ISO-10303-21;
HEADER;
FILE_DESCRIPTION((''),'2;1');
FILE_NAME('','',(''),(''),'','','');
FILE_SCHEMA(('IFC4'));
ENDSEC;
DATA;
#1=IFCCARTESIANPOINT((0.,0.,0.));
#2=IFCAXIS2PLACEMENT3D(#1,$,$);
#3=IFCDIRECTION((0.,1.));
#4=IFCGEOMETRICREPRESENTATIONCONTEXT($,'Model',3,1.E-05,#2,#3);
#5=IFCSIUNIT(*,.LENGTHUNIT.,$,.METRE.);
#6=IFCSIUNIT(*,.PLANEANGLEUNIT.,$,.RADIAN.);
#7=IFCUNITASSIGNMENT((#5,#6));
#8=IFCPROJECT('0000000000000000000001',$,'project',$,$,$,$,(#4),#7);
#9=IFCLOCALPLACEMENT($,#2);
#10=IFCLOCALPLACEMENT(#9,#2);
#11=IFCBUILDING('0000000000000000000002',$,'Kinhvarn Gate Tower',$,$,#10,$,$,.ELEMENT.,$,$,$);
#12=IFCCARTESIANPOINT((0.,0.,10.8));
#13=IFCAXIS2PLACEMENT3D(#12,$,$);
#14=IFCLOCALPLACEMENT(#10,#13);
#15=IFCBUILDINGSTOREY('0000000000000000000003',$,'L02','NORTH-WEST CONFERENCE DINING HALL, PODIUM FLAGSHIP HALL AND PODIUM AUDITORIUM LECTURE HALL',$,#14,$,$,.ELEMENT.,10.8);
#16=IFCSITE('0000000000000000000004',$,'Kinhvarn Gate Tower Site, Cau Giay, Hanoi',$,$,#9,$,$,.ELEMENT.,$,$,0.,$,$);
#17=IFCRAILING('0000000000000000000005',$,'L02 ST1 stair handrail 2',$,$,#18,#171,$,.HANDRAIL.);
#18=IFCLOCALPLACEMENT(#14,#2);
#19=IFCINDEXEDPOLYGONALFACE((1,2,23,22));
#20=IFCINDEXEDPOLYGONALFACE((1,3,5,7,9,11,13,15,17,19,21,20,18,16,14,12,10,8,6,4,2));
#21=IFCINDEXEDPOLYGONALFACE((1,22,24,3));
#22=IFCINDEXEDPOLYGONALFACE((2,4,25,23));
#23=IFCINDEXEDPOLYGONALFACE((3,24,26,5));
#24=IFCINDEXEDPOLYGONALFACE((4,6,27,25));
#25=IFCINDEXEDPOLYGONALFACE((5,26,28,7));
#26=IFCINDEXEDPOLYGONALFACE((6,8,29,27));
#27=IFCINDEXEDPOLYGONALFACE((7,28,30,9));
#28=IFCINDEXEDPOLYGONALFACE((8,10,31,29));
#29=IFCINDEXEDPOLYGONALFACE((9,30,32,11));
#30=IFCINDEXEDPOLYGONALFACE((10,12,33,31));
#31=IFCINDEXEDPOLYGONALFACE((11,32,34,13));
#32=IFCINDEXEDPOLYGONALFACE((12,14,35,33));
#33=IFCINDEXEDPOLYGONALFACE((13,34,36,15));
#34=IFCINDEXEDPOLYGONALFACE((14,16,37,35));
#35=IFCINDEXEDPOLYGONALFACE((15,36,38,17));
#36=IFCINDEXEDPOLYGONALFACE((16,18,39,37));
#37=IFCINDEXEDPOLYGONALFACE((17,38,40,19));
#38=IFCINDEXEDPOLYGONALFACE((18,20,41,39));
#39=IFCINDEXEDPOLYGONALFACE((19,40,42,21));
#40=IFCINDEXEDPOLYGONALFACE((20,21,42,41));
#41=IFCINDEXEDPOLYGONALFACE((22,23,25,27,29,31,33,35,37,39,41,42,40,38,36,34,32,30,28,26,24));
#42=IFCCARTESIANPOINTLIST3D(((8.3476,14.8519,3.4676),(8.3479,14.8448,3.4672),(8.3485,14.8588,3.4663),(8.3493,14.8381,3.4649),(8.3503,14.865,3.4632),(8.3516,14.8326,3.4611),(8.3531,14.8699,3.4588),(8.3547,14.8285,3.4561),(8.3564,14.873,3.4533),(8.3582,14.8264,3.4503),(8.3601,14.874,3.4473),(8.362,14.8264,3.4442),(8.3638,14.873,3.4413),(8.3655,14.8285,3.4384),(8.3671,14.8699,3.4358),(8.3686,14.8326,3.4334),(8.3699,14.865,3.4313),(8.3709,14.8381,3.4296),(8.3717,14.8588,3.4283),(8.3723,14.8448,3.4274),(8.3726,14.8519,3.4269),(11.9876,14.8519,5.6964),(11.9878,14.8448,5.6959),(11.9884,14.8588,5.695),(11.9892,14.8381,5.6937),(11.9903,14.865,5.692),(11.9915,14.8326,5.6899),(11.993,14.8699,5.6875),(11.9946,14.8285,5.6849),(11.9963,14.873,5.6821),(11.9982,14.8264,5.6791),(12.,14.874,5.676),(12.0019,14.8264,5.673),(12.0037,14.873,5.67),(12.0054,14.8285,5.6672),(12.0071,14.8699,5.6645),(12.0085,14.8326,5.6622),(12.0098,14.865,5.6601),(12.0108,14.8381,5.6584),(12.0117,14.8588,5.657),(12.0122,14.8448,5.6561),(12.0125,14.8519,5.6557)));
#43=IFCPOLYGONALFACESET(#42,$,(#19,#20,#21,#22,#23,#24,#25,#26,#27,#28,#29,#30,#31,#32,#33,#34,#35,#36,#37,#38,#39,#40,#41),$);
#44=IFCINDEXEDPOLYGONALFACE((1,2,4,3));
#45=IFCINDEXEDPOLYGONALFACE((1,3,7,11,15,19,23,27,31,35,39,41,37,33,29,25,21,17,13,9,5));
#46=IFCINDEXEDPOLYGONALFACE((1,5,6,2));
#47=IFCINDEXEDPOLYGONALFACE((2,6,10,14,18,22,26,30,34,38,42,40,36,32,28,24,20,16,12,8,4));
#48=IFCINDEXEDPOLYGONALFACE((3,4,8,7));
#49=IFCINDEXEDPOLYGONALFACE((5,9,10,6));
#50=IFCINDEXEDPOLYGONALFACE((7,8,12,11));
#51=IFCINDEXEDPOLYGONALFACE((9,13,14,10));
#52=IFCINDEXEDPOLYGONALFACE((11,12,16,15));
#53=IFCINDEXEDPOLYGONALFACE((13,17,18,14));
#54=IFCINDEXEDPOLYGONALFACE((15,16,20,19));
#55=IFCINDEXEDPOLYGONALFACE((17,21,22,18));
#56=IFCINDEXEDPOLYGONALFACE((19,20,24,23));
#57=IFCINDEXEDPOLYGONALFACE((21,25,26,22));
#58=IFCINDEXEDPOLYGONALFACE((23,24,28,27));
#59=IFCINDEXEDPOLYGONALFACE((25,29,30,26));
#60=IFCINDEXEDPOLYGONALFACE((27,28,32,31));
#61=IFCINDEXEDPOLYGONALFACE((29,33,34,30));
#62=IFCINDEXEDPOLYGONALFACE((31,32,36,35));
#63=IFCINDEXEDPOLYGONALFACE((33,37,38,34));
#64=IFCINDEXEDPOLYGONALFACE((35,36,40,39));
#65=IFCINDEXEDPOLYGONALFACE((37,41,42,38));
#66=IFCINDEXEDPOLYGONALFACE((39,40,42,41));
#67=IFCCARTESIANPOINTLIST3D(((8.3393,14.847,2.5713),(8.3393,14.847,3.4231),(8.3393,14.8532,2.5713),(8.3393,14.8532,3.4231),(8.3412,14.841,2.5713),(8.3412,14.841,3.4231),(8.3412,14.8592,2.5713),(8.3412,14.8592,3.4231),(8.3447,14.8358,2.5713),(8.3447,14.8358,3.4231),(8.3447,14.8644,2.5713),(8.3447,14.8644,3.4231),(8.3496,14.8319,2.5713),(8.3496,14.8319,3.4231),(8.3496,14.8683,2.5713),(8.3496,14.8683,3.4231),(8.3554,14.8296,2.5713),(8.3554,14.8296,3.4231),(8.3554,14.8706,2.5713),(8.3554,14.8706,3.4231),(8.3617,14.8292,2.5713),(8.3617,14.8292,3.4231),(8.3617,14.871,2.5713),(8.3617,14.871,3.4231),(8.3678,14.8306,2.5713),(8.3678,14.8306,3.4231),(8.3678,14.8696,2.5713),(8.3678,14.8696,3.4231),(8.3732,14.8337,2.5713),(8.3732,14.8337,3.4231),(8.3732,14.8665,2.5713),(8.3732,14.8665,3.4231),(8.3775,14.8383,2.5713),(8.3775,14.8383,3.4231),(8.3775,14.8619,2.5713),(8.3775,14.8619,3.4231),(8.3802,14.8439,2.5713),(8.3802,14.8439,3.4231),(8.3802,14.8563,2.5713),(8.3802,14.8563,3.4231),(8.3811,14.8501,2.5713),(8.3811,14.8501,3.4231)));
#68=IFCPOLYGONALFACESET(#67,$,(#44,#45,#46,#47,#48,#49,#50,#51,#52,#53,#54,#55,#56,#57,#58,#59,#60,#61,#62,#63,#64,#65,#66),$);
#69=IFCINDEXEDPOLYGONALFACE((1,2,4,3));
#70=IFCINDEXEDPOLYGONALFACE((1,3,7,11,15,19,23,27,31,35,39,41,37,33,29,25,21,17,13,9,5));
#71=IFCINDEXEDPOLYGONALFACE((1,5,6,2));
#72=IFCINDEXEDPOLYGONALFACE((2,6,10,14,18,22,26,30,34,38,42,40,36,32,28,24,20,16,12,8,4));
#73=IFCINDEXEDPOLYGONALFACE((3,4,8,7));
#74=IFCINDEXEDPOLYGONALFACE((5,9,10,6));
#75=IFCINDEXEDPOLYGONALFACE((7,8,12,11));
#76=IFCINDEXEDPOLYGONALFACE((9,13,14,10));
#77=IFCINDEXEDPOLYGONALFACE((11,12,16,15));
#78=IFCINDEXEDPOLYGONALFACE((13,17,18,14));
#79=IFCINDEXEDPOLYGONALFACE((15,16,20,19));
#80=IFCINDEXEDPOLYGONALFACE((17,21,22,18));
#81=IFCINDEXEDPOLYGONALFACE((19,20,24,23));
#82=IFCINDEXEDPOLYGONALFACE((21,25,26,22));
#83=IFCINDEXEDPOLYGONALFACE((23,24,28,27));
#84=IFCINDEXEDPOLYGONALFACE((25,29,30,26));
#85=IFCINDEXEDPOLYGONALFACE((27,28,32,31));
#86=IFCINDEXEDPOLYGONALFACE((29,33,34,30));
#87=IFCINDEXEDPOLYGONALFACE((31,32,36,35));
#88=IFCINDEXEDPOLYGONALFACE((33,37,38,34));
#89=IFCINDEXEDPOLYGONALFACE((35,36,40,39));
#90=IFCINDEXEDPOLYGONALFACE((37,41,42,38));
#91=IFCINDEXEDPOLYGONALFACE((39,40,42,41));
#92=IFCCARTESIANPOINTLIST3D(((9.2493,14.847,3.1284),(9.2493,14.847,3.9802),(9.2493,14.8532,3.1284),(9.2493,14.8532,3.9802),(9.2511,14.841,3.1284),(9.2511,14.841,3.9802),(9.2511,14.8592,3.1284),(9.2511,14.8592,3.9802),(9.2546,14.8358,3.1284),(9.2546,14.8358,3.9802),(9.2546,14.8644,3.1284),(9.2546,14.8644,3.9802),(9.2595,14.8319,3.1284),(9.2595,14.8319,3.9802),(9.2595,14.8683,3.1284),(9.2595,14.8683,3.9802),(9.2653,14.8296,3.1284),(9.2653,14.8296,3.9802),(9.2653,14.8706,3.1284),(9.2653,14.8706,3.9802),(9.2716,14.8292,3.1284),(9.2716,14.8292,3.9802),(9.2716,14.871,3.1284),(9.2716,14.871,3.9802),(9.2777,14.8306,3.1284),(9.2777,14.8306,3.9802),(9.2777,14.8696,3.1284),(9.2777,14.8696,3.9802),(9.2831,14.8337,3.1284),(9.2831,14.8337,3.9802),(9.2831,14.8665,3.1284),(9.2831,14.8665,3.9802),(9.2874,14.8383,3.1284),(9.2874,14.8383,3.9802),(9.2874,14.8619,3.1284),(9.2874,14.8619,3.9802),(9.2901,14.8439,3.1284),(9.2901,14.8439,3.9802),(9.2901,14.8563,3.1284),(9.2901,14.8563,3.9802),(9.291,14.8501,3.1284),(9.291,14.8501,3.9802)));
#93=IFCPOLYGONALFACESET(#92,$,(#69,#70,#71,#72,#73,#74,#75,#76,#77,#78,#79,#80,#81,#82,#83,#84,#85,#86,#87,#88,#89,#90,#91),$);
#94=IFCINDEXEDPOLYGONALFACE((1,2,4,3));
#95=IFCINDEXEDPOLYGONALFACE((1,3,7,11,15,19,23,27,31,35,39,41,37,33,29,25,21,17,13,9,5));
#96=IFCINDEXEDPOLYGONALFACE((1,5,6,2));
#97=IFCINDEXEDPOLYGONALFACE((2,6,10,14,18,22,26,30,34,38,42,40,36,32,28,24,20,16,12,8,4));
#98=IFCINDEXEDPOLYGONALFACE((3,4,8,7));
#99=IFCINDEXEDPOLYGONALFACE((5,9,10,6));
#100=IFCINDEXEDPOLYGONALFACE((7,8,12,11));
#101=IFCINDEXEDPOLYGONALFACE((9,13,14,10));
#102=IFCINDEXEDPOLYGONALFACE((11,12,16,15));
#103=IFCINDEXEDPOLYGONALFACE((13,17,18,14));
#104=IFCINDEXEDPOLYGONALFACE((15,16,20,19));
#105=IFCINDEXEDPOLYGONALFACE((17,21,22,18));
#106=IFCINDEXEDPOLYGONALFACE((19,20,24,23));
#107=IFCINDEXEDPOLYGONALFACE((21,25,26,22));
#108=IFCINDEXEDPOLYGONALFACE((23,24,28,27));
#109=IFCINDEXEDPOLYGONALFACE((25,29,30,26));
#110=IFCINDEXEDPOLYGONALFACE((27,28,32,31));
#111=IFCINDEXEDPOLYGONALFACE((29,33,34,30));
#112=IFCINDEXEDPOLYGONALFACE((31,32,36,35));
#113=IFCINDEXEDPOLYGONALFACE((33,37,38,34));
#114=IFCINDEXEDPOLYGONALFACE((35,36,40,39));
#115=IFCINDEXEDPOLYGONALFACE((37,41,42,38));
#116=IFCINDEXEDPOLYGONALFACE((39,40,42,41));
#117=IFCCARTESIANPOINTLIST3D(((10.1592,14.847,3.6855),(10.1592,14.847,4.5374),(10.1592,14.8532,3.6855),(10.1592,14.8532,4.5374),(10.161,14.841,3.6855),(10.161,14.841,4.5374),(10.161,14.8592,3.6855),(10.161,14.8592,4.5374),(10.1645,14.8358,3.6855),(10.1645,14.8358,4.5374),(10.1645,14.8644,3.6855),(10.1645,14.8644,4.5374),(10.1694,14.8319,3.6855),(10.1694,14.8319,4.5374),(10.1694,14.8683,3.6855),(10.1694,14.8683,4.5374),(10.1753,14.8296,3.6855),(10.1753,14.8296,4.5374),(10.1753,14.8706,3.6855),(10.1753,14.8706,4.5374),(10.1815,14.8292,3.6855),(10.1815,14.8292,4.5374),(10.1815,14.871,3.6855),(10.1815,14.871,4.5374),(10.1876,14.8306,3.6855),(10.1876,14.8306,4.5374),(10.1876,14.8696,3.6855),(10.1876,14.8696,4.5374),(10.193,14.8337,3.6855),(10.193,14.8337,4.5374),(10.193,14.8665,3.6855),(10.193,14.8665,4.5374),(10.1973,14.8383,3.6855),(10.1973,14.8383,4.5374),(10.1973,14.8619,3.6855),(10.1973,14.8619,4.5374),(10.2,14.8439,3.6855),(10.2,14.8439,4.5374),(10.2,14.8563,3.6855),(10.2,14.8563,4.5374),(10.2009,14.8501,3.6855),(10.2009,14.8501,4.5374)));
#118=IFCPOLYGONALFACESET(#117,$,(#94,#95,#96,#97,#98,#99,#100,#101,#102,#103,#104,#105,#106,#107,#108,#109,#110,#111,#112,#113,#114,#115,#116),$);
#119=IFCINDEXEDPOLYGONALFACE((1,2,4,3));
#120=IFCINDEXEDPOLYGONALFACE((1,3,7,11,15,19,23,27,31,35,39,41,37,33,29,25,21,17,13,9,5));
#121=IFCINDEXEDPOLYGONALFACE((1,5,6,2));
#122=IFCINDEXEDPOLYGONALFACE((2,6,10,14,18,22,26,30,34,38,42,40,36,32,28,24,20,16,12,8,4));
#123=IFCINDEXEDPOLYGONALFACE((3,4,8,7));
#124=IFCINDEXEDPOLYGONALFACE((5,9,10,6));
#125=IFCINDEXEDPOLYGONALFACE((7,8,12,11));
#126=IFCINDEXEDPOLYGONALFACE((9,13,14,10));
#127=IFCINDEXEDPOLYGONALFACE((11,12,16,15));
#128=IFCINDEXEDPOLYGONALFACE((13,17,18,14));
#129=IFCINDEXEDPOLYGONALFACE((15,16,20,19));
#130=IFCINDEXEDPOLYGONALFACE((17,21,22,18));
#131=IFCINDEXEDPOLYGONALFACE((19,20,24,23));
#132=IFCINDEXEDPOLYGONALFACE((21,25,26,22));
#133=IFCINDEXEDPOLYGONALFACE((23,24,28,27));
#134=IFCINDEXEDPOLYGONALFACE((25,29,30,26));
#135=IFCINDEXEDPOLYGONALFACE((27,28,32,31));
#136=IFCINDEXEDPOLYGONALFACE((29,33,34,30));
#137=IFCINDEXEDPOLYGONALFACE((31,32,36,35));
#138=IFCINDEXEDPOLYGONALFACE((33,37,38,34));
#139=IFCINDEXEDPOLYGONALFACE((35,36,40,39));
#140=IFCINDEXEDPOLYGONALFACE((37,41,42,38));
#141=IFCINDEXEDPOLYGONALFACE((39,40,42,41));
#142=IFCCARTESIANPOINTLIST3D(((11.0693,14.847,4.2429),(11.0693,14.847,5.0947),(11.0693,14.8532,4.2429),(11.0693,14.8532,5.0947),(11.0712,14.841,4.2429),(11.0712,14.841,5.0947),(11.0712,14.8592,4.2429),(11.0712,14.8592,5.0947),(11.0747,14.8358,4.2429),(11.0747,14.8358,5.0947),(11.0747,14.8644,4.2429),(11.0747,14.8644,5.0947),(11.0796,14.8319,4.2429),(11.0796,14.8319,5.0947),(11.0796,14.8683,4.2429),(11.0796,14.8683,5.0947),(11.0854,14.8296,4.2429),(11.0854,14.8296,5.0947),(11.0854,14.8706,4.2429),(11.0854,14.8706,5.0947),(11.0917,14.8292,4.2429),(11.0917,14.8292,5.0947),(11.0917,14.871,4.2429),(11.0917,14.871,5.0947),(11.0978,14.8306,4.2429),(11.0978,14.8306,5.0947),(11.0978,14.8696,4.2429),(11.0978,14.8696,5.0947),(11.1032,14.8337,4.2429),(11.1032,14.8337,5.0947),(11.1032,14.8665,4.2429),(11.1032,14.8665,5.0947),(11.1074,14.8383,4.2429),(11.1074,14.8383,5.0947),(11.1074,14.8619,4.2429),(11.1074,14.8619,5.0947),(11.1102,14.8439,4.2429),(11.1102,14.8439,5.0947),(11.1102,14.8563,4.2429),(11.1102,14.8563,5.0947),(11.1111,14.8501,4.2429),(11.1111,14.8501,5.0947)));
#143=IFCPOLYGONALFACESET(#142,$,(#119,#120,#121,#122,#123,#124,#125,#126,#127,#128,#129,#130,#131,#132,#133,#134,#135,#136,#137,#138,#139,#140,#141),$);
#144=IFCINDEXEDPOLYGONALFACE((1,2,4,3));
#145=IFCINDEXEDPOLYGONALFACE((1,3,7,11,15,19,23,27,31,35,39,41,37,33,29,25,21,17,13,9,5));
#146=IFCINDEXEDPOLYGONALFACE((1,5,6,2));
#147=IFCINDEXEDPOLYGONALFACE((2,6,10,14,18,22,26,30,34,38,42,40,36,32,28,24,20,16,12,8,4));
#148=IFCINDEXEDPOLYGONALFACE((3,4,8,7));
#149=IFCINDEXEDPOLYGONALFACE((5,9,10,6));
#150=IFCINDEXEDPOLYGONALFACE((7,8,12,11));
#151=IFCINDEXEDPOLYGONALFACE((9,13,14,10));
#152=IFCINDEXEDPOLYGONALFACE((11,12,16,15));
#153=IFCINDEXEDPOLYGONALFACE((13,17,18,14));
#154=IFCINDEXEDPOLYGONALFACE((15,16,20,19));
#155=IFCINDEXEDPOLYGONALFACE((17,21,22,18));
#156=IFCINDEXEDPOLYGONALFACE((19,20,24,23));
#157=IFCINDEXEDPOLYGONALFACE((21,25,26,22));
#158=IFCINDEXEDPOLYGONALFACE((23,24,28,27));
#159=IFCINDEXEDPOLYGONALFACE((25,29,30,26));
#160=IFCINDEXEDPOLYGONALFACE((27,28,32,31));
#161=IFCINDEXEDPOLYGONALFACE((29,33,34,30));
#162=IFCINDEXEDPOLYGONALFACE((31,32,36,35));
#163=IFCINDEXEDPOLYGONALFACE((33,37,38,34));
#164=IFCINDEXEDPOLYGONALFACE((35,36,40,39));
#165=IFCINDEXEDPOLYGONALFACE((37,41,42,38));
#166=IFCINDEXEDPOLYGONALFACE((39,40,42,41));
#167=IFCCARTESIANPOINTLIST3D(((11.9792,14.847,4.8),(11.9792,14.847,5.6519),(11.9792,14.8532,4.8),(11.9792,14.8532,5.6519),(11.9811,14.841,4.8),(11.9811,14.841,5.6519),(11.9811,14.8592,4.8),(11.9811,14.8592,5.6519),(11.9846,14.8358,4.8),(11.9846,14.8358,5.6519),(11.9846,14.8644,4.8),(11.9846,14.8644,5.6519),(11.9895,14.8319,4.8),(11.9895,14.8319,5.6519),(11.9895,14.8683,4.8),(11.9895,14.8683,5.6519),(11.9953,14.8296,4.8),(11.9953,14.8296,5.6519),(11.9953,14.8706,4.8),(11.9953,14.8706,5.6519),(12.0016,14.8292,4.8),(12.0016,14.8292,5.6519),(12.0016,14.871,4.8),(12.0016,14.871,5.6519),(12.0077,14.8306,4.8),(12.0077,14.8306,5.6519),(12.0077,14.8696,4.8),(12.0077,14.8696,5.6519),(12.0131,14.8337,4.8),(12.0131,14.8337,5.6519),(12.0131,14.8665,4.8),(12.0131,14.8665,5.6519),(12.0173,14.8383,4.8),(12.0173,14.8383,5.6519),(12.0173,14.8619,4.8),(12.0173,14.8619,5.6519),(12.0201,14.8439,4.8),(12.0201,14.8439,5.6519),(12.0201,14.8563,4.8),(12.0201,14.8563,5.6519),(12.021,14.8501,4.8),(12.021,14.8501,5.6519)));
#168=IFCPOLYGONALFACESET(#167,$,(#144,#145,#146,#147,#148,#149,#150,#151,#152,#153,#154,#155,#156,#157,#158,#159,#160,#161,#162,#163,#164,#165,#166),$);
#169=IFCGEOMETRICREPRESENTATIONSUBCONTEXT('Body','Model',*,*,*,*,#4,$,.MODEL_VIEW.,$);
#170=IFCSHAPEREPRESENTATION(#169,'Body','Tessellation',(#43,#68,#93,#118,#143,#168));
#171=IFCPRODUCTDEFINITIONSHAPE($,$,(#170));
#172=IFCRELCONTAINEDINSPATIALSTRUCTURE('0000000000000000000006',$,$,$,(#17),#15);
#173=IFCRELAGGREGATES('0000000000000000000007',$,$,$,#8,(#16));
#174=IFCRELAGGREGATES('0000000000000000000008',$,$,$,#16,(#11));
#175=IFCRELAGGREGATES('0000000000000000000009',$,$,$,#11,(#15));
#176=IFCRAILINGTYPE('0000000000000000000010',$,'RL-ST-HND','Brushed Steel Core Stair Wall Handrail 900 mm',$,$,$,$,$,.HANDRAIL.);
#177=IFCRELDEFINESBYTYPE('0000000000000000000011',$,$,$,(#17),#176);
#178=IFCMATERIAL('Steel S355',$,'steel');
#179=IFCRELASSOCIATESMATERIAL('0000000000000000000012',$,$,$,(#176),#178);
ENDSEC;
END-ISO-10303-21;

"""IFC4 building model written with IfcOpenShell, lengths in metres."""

from ifc_helpers import new_model, si_unit, direction, frame, origin, origin_2d, place, context, subcontext, project, spatial, circle, extrude, material, type_object, element, save


model = new_model("IFC4")

# Units and contexts
model_context = context("Model", 3, precision=1e-05, world=origin(), true_north=direction((0.0, 1.0)))
body_context = subcontext(model_context, "Body", "Model", "MODEL_VIEW")
ifc_project = project(units=[si_unit("LENGTHUNIT", "METRE"), si_unit("PLANEANGLEUNIT", "RADIAN")], contexts=[model_context])

# Site, building, storey
site_placement = place(None, origin())
site = spatial("IfcSite", under=ifc_project, at=site_placement, Name="Kinhvarn Gate Tower Site, Cau Giay, Hanoi", CompositionType="ELEMENT", RefElevation=0.0)
building_placement = place(site_placement, origin())
building = spatial("IfcBuilding", under=site, at=building_placement, Name="Kinhvarn Gate Tower", CompositionType="ELEMENT")
storey_placement = place(building_placement, frame((0.0, 0.0, 10.8)))
storey = spatial("IfcBuildingStorey", under=building, at=storey_placement, Name="L02", Description="NORTH-WEST CONFERENCE DINING HALL, PODIUM FLAGSHIP HALL AND PODIUM AUDITORIUM LECTURE HALL", CompositionType="ELEMENT", Elevation=10.8)

# Shared definitions
ifc_material_1 = material(Name="Steel S355", Category="steel")

# Railing
railing_type_1 = type_object("IfcRailingType", Name="RL-ST-HND", Description="Brushed Steel Core Stair Wall Handrail 900 mm", PredefinedType="HANDRAIL", material=ifc_material_1)
railing_1_placement = place(storey_placement, frame((8.3601, 14.8501, 2.5713)))
element("IfcRailing", 1, at=railing_1_placement, inside=storey, type_object=railing_type_1, Name="L02 ST1 stair handrail 2", PredefinedType="HANDRAIL", context=body_context, shape_type="SweptSolid", body=[
    extrude(circle(Radius=0.0239, at=origin_2d()), frame((0.0, 0.0, 0.876), z_axis=(0.852825, 0.0, 0.522197), x_axis=(0.0, 1.0, 0.0)), (0.0, 0.0, 1.0), 4.2681),
    extrude(circle(Radius=0.021, at=origin_2d()), origin(), (0.0, 0.0, 1.0), 0.8518),
    extrude(circle(Radius=0.021, at=origin_2d()), frame((0.9099, 0.0, 0.5571)), (0.0, 0.0, 1.0), 0.8518),
    extrude(circle(Radius=0.021, at=origin_2d()), frame((1.8198, 0.0, 1.1143)), (0.0, 0.0, 1.0), 0.8518),
    extrude(circle(Radius=0.021, at=origin_2d()), frame((2.73, 0.0, 1.6716)), (0.0, 0.0, 1.0), 0.8518),
    extrude(circle(Radius=0.021, at=origin_2d()), frame((3.6399, 0.0, 2.2288)), (0.0, 0.0, 1.0), 0.8518),
])

save(model, "model.ifc")
